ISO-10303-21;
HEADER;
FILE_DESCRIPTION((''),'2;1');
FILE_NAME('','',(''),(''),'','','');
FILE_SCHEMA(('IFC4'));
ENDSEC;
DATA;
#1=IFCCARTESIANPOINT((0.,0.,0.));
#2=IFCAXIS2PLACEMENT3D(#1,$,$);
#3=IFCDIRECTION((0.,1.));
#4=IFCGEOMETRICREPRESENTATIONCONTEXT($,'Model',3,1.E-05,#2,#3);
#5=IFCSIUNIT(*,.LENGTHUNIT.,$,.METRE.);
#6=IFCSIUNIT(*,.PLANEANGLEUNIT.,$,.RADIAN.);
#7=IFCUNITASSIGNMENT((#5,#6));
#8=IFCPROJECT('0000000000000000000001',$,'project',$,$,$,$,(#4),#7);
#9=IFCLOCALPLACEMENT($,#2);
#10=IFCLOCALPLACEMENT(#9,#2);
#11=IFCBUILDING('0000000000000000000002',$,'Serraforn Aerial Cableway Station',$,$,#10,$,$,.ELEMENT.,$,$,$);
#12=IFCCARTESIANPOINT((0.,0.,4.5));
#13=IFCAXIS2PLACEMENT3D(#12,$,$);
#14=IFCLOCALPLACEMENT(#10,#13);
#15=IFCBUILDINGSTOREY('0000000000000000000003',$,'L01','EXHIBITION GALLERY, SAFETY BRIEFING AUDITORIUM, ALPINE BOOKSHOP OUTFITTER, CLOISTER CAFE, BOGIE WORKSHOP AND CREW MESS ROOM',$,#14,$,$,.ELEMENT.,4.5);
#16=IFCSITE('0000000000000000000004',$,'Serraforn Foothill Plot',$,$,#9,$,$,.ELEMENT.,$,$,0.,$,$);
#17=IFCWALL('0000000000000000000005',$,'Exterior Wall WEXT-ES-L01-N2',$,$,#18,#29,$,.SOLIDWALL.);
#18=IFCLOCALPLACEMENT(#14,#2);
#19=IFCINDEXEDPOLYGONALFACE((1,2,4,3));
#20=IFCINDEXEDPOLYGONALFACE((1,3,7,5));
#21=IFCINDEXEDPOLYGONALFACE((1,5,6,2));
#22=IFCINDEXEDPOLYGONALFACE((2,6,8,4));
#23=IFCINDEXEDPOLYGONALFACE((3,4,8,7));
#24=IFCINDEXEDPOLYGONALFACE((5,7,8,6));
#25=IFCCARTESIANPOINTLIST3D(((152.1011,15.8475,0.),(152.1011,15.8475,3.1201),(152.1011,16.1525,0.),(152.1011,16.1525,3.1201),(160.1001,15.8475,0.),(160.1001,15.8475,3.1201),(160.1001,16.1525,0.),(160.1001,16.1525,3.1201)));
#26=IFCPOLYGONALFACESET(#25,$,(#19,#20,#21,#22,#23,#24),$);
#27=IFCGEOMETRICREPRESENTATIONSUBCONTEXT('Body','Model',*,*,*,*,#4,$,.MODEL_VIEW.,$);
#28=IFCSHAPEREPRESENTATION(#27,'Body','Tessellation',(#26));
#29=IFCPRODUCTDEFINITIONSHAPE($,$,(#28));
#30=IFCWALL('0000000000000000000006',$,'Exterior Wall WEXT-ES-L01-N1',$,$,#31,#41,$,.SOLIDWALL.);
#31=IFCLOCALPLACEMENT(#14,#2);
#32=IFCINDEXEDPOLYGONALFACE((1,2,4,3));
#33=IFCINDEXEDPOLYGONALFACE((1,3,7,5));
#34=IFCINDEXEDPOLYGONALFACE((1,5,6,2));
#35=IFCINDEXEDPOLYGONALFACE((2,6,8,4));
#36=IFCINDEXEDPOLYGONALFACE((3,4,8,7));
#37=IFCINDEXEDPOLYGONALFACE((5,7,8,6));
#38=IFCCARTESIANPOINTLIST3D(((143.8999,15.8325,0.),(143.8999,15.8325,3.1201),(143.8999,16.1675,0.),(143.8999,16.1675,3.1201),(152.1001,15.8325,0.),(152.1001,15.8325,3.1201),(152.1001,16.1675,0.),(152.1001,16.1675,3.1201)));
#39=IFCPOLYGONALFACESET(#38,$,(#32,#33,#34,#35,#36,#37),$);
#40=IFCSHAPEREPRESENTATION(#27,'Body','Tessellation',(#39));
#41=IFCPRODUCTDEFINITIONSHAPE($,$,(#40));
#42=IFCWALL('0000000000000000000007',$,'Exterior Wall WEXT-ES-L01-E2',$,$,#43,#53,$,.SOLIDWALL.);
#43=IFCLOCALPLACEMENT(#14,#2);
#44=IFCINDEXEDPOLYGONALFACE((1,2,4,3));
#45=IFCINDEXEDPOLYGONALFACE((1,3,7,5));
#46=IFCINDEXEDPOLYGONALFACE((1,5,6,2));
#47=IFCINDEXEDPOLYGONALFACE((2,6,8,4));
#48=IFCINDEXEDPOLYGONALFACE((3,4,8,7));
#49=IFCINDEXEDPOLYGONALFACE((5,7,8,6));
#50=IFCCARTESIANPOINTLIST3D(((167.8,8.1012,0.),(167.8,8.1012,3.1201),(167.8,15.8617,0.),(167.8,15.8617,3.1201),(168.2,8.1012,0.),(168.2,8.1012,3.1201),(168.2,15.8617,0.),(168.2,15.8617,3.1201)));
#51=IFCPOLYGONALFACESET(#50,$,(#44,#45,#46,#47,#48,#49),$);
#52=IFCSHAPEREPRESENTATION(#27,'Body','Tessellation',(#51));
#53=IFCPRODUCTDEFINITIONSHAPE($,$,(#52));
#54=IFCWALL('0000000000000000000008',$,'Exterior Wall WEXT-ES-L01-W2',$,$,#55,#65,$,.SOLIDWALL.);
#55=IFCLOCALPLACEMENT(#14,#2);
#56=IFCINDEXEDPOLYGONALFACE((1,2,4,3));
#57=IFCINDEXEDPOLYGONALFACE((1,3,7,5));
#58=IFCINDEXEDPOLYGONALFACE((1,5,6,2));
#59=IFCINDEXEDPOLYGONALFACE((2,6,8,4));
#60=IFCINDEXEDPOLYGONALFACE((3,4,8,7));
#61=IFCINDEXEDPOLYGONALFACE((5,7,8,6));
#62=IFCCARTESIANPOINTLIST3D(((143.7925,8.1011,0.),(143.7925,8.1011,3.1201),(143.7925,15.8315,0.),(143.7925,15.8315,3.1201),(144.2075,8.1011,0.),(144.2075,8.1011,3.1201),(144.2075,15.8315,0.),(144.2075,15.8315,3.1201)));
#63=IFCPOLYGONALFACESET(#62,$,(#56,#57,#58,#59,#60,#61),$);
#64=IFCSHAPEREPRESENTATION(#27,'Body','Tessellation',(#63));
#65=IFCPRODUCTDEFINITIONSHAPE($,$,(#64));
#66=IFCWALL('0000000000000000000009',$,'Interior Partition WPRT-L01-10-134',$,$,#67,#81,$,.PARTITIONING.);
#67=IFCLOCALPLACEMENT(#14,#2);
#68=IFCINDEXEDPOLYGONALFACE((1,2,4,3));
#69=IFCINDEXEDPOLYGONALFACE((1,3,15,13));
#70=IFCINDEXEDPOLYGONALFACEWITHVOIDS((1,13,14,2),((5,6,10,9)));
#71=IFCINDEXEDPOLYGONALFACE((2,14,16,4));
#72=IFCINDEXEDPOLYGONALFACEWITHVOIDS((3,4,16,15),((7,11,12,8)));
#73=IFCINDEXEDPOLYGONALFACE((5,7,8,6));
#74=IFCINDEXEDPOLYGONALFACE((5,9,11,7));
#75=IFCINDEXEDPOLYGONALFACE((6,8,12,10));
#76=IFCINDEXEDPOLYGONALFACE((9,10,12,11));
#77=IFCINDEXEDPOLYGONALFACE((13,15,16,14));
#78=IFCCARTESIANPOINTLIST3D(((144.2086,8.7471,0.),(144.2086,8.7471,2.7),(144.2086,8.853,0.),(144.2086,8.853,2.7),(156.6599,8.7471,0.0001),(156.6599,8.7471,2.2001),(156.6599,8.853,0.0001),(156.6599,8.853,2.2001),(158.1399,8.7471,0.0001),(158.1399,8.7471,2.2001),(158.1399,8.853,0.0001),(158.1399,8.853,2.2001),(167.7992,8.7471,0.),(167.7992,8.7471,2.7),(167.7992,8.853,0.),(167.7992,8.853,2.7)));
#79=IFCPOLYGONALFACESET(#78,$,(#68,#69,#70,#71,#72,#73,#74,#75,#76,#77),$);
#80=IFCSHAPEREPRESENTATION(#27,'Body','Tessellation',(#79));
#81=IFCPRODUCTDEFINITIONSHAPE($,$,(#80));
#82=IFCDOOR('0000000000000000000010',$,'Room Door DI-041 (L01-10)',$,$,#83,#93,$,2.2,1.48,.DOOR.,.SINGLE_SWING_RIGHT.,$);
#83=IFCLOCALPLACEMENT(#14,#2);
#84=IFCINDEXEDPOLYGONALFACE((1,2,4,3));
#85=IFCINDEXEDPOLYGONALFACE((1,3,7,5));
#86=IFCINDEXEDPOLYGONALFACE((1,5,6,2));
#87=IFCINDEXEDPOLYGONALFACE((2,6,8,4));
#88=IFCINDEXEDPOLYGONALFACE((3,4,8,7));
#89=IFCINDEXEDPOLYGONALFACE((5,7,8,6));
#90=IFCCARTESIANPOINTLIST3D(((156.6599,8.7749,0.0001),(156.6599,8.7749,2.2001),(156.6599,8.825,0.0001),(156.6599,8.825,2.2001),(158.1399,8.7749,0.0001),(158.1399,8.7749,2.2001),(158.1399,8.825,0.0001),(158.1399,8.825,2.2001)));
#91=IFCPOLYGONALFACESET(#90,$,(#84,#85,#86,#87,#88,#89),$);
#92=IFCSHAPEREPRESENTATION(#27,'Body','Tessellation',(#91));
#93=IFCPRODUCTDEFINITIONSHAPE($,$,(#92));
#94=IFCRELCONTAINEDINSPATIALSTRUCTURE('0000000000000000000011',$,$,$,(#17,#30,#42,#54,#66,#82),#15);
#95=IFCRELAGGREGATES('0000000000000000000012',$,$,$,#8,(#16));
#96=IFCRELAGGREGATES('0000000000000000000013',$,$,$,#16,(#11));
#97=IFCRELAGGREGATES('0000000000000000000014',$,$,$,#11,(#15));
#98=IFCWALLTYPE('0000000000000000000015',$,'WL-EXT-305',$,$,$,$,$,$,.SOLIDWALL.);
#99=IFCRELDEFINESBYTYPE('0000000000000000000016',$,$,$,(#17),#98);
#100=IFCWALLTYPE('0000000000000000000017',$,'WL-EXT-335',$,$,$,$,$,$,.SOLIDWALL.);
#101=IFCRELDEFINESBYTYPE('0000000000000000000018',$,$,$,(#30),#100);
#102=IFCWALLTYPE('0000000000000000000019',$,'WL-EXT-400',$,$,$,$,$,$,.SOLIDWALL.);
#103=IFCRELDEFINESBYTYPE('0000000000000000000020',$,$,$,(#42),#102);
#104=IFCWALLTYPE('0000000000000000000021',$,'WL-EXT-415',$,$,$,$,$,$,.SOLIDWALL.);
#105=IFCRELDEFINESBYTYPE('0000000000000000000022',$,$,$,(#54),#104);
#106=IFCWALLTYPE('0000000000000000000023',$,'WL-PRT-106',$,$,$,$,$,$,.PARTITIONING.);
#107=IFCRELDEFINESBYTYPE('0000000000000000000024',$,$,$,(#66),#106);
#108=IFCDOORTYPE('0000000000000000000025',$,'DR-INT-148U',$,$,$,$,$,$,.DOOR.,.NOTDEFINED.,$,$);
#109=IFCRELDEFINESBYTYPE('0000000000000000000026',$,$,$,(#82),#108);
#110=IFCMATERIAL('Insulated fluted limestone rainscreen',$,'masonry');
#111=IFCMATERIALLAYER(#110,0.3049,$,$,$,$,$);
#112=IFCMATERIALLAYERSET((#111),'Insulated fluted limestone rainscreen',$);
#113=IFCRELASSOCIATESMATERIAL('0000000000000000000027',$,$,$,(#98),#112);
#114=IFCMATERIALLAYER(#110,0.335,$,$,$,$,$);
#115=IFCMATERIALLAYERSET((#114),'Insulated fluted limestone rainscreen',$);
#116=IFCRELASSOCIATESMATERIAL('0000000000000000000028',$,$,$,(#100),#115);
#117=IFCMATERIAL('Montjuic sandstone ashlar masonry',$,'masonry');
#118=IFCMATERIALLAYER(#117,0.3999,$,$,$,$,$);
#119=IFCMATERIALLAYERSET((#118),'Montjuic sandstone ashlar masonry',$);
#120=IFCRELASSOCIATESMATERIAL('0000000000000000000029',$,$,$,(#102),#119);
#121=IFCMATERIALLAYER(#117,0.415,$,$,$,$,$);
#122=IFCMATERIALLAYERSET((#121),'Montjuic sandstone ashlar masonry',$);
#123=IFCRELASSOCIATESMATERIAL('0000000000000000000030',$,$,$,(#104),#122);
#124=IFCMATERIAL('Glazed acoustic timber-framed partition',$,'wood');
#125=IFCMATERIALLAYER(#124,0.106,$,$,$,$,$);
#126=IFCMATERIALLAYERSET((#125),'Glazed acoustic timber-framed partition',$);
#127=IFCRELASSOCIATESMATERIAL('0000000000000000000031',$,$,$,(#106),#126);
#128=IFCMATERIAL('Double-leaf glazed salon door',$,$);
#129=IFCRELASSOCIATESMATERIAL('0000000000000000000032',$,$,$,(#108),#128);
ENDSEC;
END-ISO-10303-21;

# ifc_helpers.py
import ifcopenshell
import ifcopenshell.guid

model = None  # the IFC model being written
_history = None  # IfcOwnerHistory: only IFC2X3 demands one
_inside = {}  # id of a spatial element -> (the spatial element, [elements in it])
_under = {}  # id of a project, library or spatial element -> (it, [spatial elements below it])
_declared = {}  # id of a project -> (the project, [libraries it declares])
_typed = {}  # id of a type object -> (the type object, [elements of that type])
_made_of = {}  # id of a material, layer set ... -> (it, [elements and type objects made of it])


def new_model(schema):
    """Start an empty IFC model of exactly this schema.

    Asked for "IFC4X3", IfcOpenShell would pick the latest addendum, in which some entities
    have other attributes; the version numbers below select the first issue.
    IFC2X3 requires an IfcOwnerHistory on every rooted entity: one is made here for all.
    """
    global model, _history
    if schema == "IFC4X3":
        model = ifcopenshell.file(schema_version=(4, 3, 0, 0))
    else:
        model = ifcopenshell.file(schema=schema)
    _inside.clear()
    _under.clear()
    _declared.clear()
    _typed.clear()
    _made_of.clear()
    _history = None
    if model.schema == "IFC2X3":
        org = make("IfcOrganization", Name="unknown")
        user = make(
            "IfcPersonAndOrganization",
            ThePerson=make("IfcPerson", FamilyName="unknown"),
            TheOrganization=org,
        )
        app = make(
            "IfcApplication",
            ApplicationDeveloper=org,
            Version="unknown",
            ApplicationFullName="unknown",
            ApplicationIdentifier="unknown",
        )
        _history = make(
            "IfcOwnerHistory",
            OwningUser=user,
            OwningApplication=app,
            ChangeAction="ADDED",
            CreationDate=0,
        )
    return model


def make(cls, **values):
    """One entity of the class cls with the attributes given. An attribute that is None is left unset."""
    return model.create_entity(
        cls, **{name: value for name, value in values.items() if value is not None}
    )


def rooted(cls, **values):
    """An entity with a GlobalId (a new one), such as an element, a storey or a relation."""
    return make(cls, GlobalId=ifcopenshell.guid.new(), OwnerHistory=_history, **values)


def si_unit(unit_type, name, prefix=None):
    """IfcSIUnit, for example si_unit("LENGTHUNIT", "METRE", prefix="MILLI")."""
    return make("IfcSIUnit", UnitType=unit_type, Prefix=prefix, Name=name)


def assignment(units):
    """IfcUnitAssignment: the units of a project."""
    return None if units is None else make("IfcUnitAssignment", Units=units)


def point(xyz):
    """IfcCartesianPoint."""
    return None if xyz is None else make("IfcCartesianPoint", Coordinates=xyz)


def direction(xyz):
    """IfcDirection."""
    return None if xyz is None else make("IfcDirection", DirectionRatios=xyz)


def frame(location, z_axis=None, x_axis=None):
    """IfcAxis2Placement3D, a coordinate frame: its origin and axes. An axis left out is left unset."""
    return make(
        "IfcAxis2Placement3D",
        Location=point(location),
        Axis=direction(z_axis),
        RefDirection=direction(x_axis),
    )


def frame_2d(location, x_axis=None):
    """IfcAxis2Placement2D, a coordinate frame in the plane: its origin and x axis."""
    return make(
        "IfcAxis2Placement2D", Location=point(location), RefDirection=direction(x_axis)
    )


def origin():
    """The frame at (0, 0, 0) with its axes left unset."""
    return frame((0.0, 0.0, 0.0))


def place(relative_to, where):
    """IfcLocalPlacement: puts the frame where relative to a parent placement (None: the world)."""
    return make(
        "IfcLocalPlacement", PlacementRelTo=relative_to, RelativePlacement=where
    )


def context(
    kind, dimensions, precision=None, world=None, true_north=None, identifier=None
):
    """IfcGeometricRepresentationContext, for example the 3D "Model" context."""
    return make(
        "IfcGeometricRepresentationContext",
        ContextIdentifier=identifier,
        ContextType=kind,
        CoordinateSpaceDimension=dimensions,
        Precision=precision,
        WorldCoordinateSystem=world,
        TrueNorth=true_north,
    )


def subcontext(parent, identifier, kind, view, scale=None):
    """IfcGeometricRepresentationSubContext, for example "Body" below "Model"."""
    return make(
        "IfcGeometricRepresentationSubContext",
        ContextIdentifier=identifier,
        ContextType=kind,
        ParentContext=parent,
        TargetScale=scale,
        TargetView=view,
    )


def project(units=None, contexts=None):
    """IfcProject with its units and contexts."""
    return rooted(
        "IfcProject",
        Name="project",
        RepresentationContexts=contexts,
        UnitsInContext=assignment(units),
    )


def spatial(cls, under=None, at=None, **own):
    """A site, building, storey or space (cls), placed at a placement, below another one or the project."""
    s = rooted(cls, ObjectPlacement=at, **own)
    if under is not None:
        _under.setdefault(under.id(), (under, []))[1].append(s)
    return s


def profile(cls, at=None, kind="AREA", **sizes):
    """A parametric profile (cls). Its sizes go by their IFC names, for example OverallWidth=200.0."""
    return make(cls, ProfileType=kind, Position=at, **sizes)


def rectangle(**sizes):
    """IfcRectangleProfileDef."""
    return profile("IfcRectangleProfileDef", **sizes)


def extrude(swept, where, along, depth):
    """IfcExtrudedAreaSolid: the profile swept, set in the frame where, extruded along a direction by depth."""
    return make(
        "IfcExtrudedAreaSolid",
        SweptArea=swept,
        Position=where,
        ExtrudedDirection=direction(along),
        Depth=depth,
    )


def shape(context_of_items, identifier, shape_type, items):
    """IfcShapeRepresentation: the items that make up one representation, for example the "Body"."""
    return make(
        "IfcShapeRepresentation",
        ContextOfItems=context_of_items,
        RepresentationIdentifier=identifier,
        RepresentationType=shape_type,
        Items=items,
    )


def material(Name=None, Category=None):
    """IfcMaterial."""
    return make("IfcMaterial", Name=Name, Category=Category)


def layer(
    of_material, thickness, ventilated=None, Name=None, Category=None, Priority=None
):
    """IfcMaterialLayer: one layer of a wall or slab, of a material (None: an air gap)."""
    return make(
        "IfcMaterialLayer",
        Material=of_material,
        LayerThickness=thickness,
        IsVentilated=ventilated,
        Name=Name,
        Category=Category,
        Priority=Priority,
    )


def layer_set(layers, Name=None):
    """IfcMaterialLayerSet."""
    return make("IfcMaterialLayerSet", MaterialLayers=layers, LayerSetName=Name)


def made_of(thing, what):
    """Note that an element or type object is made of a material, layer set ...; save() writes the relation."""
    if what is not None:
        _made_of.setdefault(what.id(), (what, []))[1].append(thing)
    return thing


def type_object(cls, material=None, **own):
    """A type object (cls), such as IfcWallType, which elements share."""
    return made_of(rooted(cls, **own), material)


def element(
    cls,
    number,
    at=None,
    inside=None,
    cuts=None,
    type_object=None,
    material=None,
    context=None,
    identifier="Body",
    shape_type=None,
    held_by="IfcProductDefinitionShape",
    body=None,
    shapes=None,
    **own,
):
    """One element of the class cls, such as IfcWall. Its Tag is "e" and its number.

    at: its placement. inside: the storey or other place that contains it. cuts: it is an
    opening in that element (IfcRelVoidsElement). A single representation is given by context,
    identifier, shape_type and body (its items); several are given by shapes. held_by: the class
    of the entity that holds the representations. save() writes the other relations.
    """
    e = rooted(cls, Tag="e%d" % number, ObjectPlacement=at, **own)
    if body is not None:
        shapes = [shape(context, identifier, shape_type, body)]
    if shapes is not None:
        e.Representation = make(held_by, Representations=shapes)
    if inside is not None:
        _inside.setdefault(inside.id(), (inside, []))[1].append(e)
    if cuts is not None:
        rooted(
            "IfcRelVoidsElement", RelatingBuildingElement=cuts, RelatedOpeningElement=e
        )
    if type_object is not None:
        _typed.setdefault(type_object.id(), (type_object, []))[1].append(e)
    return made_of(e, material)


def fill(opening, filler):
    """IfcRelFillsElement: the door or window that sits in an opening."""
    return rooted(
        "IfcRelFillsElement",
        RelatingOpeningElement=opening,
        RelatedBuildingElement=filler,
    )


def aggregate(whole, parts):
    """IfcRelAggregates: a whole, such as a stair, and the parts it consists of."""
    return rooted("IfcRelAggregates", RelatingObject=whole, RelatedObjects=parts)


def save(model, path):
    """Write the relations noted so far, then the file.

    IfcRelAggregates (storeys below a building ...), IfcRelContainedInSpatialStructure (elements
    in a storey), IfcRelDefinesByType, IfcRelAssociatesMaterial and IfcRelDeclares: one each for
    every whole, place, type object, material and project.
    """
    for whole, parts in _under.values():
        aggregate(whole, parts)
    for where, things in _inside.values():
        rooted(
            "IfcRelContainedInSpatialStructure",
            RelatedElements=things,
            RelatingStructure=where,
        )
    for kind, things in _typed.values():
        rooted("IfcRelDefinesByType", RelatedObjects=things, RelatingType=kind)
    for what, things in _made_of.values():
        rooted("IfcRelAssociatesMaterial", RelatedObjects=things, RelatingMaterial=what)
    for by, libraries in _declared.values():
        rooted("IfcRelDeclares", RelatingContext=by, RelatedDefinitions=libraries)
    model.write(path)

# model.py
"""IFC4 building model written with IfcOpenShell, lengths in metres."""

from ifc_helpers import new_model, si_unit, direction, frame, frame_2d, origin, place, context, subcontext, project, spatial, rectangle, extrude, material, layer, layer_set, type_object, element, fill, save


model = new_model("IFC4")

# Units and contexts
model_context = context("Model", 3, precision=1e-05, world=origin(), true_north=direction((0.0, 1.0)))
body_context = subcontext(model_context, "Body", "Model", "MODEL_VIEW")
ifc_project = project(units=[si_unit("LENGTHUNIT", "METRE"), si_unit("PLANEANGLEUNIT", "RADIAN")], contexts=[model_context])

# Site, building, storey
site_placement = place(None, origin())
site = spatial("IfcSite", under=ifc_project, at=site_placement, Name="Serraforn Foothill Plot", CompositionType="ELEMENT", RefElevation=0.0)
building_placement = place(site_placement, origin())
building = spatial("IfcBuilding", under=site, at=building_placement, Name="Serraforn Aerial Cableway Station", CompositionType="ELEMENT")
storey_placement = place(building_placement, frame((0.0, 0.0, 4.5)))
storey = spatial("IfcBuildingStorey", under=building, at=storey_placement, Name="L01", Description="EXHIBITION GALLERY, SAFETY BRIEFING AUDITORIUM, ALPINE BOOKSHOP OUTFITTER, CLOISTER CAFE, BOGIE WORKSHOP AND CREW MESS ROOM", CompositionType="ELEMENT", Elevation=4.5)

# Walls
ifc_material_1 = material(Name="Insulated fluted limestone rainscreen", Category="masonry")
ifc_layer_1 = layer(ifc_material_1, 0.3049)
ifc_layer_set_1 = layer_set([ifc_layer_1], Name="Insulated fluted limestone rainscreen")
wall_type_1 = type_object("IfcWallType", Name="WL-EXT-305", PredefinedType="SOLIDWALL", material=ifc_layer_set_1)
wall_1_placement = place(storey_placement, frame((160.1001, 16.0, 0.0), z_axis=(0.0, 0.0, 1.0), x_axis=(-1.0, 0.0, 0.0)))
element("IfcWall", 1, at=wall_1_placement, inside=storey, type_object=wall_type_1, Name="Exterior Wall WEXT-ES-L01-N2", PredefinedType="SOLIDWALL", context=body_context, shape_type="SweptSolid", body=[
    extrude(rectangle(XDim=7.999, YDim=0.3049, at=frame_2d((3.9995, 0.0))), origin(), (0.0, 0.0, 1.0), 3.1201),
])
ifc_layer_2 = layer(ifc_material_1, 0.335)
ifc_layer_set_2 = layer_set([ifc_layer_2], Name="Insulated fluted limestone rainscreen")
wall_type_2 = type_object("IfcWallType", Name="WL-EXT-335", PredefinedType="SOLIDWALL", material=ifc_layer_set_2)
wall_2_placement = place(storey_placement, frame((152.1001, 16.0, 0.0), z_axis=(0.0, 0.0, 1.0), x_axis=(-1.0, 0.0, 0.0)))
element("IfcWall", 2, at=wall_2_placement, inside=storey, type_object=wall_type_2, Name="Exterior Wall WEXT-ES-L01-N1", PredefinedType="SOLIDWALL", context=body_context, shape_type="SweptSolid", body=[
    extrude(rectangle(XDim=8.2002, YDim=0.335, at=frame_2d((4.1001, 0.0))), origin(), (0.0, 0.0, 1.0), 3.1201),
])
ifc_material_2 = material(Name="Montjuic sandstone ashlar masonry", Category="masonry")
ifc_layer_3 = layer(ifc_material_2, 0.3999)
ifc_layer_set_3 = layer_set([ifc_layer_3], Name="Montjuic sandstone ashlar masonry")
wall_type_3 = type_object("IfcWallType", Name="WL-EXT-400", PredefinedType="SOLIDWALL", material=ifc_layer_set_3)
wall_3_placement = place(storey_placement, frame((168.0, 8.1011, 0.0), z_axis=(0.0, 0.0, 1.0), x_axis=(0.0, 1.0, 0.0)))
element("IfcWall", 3, at=wall_3_placement, inside=storey, type_object=wall_type_3, Name="Exterior Wall WEXT-ES-L01-E2", PredefinedType="SOLIDWALL", context=body_context, shape_type="SweptSolid", body=[
    extrude(rectangle(XDim=7.7605, YDim=0.3999, at=frame_2d((3.8804, 0.0))), origin(), (0.0, 0.0, 1.0), 3.1201),
])
ifc_layer_4 = layer(ifc_material_2, 0.415)
ifc_layer_set_4 = layer_set([ifc_layer_4], Name="Montjuic sandstone ashlar masonry")
wall_type_4 = type_object("IfcWallType", Name="WL-EXT-415", PredefinedType="SOLIDWALL", material=ifc_layer_set_4)
wall_4_placement = place(storey_placement, frame((144.0, 15.8315, 0.0), z_axis=(0.0, 0.0, 1.0), x_axis=(0.0, -1.0, 0.0)))
element("IfcWall", 4, at=wall_4_placement, inside=storey, type_object=wall_type_4, Name="Exterior Wall WEXT-ES-L01-W2", PredefinedType="SOLIDWALL", context=body_context, shape_type="SweptSolid", body=[
    extrude(rectangle(XDim=7.7305, YDim=0.415, at=frame_2d((3.8652, 0.0))), origin(), (0.0, 0.0, 1.0), 3.1201),
])

# Wall, opening, door
ifc_material_3 = material(Name="Glazed acoustic timber-framed partition", Category="wood")
ifc_layer_5 = layer(ifc_material_3, 0.106)
ifc_layer_set_5 = layer_set([ifc_layer_5], Name="Glazed acoustic timber-framed partition")
wall_type_5 = type_object("IfcWallType", Name="WL-PRT-106", PredefinedType="PARTITIONING", material=ifc_layer_set_5)
wall_5_placement = place(storey_placement, frame((144.2085, 8.8, 0.0), z_axis=(0.0, 0.0, 1.0), x_axis=(1.0, 0.0, 0.0)))
wall_5 = element("IfcWall", 5, at=wall_5_placement, inside=storey, type_object=wall_type_5, Name="Interior Partition WPRT-L01-10-134", PredefinedType="PARTITIONING", context=body_context, shape_type="SweptSolid", body=[
    extrude(rectangle(XDim=23.5906, YDim=0.106, at=frame_2d((11.7954, 0.0))), origin(), (0.0, 0.0, 1.0), 2.7),
])
opening_1_placement = place(wall_5_placement, frame((12.4514, 0.0, 0.0)))
opening_1 = element("IfcOpeningElement", 6, at=opening_1_placement, cuts=wall_5, PredefinedType="OPENING", context=body_context, shape_type="SweptSolid", body=[
    extrude(rectangle(XDim=1.48, YDim=2.2, at=frame_2d((0.74, 1.1001))), frame((0.0, 0.063, 0.0), z_axis=(0.0, -1.0, 0.0), x_axis=(1.0, 0.0, 0.0)), (0.0, 0.0, 1.0), 0.126),
])
ifc_material_4 = material(Name="Double-leaf glazed salon door")
door_type_1 = type_object("IfcDoorType", Name="DR-INT-148U", OperationType="NOTDEFINED", PredefinedType="DOOR", material=ifc_material_4)
door_1_placement = place(opening_1_placement, origin())
door_1 = element("IfcDoor", 7, at=door_1_placement, inside=storey, type_object=door_type_1, Name="Room Door DI-041 (L01-10)", OperationType="SINGLE_SWING_RIGHT", OverallHeight=2.2, OverallWidth=1.48, PredefinedType="DOOR", context=body_context, shape_type="SweptSolid", body=[
    extrude(rectangle(XDim=1.48, YDim=2.2, at=frame_2d((0.74, 1.1001))), frame((0.0, 0.0249, 0.0), z_axis=(0.0, -1.0, 0.0), x_axis=(1.0, 0.0, 0.0)), (0.0, 0.0, 1.0), 0.05),
])
fill(opening_1, door_1)

save(model, "model.ifc")
